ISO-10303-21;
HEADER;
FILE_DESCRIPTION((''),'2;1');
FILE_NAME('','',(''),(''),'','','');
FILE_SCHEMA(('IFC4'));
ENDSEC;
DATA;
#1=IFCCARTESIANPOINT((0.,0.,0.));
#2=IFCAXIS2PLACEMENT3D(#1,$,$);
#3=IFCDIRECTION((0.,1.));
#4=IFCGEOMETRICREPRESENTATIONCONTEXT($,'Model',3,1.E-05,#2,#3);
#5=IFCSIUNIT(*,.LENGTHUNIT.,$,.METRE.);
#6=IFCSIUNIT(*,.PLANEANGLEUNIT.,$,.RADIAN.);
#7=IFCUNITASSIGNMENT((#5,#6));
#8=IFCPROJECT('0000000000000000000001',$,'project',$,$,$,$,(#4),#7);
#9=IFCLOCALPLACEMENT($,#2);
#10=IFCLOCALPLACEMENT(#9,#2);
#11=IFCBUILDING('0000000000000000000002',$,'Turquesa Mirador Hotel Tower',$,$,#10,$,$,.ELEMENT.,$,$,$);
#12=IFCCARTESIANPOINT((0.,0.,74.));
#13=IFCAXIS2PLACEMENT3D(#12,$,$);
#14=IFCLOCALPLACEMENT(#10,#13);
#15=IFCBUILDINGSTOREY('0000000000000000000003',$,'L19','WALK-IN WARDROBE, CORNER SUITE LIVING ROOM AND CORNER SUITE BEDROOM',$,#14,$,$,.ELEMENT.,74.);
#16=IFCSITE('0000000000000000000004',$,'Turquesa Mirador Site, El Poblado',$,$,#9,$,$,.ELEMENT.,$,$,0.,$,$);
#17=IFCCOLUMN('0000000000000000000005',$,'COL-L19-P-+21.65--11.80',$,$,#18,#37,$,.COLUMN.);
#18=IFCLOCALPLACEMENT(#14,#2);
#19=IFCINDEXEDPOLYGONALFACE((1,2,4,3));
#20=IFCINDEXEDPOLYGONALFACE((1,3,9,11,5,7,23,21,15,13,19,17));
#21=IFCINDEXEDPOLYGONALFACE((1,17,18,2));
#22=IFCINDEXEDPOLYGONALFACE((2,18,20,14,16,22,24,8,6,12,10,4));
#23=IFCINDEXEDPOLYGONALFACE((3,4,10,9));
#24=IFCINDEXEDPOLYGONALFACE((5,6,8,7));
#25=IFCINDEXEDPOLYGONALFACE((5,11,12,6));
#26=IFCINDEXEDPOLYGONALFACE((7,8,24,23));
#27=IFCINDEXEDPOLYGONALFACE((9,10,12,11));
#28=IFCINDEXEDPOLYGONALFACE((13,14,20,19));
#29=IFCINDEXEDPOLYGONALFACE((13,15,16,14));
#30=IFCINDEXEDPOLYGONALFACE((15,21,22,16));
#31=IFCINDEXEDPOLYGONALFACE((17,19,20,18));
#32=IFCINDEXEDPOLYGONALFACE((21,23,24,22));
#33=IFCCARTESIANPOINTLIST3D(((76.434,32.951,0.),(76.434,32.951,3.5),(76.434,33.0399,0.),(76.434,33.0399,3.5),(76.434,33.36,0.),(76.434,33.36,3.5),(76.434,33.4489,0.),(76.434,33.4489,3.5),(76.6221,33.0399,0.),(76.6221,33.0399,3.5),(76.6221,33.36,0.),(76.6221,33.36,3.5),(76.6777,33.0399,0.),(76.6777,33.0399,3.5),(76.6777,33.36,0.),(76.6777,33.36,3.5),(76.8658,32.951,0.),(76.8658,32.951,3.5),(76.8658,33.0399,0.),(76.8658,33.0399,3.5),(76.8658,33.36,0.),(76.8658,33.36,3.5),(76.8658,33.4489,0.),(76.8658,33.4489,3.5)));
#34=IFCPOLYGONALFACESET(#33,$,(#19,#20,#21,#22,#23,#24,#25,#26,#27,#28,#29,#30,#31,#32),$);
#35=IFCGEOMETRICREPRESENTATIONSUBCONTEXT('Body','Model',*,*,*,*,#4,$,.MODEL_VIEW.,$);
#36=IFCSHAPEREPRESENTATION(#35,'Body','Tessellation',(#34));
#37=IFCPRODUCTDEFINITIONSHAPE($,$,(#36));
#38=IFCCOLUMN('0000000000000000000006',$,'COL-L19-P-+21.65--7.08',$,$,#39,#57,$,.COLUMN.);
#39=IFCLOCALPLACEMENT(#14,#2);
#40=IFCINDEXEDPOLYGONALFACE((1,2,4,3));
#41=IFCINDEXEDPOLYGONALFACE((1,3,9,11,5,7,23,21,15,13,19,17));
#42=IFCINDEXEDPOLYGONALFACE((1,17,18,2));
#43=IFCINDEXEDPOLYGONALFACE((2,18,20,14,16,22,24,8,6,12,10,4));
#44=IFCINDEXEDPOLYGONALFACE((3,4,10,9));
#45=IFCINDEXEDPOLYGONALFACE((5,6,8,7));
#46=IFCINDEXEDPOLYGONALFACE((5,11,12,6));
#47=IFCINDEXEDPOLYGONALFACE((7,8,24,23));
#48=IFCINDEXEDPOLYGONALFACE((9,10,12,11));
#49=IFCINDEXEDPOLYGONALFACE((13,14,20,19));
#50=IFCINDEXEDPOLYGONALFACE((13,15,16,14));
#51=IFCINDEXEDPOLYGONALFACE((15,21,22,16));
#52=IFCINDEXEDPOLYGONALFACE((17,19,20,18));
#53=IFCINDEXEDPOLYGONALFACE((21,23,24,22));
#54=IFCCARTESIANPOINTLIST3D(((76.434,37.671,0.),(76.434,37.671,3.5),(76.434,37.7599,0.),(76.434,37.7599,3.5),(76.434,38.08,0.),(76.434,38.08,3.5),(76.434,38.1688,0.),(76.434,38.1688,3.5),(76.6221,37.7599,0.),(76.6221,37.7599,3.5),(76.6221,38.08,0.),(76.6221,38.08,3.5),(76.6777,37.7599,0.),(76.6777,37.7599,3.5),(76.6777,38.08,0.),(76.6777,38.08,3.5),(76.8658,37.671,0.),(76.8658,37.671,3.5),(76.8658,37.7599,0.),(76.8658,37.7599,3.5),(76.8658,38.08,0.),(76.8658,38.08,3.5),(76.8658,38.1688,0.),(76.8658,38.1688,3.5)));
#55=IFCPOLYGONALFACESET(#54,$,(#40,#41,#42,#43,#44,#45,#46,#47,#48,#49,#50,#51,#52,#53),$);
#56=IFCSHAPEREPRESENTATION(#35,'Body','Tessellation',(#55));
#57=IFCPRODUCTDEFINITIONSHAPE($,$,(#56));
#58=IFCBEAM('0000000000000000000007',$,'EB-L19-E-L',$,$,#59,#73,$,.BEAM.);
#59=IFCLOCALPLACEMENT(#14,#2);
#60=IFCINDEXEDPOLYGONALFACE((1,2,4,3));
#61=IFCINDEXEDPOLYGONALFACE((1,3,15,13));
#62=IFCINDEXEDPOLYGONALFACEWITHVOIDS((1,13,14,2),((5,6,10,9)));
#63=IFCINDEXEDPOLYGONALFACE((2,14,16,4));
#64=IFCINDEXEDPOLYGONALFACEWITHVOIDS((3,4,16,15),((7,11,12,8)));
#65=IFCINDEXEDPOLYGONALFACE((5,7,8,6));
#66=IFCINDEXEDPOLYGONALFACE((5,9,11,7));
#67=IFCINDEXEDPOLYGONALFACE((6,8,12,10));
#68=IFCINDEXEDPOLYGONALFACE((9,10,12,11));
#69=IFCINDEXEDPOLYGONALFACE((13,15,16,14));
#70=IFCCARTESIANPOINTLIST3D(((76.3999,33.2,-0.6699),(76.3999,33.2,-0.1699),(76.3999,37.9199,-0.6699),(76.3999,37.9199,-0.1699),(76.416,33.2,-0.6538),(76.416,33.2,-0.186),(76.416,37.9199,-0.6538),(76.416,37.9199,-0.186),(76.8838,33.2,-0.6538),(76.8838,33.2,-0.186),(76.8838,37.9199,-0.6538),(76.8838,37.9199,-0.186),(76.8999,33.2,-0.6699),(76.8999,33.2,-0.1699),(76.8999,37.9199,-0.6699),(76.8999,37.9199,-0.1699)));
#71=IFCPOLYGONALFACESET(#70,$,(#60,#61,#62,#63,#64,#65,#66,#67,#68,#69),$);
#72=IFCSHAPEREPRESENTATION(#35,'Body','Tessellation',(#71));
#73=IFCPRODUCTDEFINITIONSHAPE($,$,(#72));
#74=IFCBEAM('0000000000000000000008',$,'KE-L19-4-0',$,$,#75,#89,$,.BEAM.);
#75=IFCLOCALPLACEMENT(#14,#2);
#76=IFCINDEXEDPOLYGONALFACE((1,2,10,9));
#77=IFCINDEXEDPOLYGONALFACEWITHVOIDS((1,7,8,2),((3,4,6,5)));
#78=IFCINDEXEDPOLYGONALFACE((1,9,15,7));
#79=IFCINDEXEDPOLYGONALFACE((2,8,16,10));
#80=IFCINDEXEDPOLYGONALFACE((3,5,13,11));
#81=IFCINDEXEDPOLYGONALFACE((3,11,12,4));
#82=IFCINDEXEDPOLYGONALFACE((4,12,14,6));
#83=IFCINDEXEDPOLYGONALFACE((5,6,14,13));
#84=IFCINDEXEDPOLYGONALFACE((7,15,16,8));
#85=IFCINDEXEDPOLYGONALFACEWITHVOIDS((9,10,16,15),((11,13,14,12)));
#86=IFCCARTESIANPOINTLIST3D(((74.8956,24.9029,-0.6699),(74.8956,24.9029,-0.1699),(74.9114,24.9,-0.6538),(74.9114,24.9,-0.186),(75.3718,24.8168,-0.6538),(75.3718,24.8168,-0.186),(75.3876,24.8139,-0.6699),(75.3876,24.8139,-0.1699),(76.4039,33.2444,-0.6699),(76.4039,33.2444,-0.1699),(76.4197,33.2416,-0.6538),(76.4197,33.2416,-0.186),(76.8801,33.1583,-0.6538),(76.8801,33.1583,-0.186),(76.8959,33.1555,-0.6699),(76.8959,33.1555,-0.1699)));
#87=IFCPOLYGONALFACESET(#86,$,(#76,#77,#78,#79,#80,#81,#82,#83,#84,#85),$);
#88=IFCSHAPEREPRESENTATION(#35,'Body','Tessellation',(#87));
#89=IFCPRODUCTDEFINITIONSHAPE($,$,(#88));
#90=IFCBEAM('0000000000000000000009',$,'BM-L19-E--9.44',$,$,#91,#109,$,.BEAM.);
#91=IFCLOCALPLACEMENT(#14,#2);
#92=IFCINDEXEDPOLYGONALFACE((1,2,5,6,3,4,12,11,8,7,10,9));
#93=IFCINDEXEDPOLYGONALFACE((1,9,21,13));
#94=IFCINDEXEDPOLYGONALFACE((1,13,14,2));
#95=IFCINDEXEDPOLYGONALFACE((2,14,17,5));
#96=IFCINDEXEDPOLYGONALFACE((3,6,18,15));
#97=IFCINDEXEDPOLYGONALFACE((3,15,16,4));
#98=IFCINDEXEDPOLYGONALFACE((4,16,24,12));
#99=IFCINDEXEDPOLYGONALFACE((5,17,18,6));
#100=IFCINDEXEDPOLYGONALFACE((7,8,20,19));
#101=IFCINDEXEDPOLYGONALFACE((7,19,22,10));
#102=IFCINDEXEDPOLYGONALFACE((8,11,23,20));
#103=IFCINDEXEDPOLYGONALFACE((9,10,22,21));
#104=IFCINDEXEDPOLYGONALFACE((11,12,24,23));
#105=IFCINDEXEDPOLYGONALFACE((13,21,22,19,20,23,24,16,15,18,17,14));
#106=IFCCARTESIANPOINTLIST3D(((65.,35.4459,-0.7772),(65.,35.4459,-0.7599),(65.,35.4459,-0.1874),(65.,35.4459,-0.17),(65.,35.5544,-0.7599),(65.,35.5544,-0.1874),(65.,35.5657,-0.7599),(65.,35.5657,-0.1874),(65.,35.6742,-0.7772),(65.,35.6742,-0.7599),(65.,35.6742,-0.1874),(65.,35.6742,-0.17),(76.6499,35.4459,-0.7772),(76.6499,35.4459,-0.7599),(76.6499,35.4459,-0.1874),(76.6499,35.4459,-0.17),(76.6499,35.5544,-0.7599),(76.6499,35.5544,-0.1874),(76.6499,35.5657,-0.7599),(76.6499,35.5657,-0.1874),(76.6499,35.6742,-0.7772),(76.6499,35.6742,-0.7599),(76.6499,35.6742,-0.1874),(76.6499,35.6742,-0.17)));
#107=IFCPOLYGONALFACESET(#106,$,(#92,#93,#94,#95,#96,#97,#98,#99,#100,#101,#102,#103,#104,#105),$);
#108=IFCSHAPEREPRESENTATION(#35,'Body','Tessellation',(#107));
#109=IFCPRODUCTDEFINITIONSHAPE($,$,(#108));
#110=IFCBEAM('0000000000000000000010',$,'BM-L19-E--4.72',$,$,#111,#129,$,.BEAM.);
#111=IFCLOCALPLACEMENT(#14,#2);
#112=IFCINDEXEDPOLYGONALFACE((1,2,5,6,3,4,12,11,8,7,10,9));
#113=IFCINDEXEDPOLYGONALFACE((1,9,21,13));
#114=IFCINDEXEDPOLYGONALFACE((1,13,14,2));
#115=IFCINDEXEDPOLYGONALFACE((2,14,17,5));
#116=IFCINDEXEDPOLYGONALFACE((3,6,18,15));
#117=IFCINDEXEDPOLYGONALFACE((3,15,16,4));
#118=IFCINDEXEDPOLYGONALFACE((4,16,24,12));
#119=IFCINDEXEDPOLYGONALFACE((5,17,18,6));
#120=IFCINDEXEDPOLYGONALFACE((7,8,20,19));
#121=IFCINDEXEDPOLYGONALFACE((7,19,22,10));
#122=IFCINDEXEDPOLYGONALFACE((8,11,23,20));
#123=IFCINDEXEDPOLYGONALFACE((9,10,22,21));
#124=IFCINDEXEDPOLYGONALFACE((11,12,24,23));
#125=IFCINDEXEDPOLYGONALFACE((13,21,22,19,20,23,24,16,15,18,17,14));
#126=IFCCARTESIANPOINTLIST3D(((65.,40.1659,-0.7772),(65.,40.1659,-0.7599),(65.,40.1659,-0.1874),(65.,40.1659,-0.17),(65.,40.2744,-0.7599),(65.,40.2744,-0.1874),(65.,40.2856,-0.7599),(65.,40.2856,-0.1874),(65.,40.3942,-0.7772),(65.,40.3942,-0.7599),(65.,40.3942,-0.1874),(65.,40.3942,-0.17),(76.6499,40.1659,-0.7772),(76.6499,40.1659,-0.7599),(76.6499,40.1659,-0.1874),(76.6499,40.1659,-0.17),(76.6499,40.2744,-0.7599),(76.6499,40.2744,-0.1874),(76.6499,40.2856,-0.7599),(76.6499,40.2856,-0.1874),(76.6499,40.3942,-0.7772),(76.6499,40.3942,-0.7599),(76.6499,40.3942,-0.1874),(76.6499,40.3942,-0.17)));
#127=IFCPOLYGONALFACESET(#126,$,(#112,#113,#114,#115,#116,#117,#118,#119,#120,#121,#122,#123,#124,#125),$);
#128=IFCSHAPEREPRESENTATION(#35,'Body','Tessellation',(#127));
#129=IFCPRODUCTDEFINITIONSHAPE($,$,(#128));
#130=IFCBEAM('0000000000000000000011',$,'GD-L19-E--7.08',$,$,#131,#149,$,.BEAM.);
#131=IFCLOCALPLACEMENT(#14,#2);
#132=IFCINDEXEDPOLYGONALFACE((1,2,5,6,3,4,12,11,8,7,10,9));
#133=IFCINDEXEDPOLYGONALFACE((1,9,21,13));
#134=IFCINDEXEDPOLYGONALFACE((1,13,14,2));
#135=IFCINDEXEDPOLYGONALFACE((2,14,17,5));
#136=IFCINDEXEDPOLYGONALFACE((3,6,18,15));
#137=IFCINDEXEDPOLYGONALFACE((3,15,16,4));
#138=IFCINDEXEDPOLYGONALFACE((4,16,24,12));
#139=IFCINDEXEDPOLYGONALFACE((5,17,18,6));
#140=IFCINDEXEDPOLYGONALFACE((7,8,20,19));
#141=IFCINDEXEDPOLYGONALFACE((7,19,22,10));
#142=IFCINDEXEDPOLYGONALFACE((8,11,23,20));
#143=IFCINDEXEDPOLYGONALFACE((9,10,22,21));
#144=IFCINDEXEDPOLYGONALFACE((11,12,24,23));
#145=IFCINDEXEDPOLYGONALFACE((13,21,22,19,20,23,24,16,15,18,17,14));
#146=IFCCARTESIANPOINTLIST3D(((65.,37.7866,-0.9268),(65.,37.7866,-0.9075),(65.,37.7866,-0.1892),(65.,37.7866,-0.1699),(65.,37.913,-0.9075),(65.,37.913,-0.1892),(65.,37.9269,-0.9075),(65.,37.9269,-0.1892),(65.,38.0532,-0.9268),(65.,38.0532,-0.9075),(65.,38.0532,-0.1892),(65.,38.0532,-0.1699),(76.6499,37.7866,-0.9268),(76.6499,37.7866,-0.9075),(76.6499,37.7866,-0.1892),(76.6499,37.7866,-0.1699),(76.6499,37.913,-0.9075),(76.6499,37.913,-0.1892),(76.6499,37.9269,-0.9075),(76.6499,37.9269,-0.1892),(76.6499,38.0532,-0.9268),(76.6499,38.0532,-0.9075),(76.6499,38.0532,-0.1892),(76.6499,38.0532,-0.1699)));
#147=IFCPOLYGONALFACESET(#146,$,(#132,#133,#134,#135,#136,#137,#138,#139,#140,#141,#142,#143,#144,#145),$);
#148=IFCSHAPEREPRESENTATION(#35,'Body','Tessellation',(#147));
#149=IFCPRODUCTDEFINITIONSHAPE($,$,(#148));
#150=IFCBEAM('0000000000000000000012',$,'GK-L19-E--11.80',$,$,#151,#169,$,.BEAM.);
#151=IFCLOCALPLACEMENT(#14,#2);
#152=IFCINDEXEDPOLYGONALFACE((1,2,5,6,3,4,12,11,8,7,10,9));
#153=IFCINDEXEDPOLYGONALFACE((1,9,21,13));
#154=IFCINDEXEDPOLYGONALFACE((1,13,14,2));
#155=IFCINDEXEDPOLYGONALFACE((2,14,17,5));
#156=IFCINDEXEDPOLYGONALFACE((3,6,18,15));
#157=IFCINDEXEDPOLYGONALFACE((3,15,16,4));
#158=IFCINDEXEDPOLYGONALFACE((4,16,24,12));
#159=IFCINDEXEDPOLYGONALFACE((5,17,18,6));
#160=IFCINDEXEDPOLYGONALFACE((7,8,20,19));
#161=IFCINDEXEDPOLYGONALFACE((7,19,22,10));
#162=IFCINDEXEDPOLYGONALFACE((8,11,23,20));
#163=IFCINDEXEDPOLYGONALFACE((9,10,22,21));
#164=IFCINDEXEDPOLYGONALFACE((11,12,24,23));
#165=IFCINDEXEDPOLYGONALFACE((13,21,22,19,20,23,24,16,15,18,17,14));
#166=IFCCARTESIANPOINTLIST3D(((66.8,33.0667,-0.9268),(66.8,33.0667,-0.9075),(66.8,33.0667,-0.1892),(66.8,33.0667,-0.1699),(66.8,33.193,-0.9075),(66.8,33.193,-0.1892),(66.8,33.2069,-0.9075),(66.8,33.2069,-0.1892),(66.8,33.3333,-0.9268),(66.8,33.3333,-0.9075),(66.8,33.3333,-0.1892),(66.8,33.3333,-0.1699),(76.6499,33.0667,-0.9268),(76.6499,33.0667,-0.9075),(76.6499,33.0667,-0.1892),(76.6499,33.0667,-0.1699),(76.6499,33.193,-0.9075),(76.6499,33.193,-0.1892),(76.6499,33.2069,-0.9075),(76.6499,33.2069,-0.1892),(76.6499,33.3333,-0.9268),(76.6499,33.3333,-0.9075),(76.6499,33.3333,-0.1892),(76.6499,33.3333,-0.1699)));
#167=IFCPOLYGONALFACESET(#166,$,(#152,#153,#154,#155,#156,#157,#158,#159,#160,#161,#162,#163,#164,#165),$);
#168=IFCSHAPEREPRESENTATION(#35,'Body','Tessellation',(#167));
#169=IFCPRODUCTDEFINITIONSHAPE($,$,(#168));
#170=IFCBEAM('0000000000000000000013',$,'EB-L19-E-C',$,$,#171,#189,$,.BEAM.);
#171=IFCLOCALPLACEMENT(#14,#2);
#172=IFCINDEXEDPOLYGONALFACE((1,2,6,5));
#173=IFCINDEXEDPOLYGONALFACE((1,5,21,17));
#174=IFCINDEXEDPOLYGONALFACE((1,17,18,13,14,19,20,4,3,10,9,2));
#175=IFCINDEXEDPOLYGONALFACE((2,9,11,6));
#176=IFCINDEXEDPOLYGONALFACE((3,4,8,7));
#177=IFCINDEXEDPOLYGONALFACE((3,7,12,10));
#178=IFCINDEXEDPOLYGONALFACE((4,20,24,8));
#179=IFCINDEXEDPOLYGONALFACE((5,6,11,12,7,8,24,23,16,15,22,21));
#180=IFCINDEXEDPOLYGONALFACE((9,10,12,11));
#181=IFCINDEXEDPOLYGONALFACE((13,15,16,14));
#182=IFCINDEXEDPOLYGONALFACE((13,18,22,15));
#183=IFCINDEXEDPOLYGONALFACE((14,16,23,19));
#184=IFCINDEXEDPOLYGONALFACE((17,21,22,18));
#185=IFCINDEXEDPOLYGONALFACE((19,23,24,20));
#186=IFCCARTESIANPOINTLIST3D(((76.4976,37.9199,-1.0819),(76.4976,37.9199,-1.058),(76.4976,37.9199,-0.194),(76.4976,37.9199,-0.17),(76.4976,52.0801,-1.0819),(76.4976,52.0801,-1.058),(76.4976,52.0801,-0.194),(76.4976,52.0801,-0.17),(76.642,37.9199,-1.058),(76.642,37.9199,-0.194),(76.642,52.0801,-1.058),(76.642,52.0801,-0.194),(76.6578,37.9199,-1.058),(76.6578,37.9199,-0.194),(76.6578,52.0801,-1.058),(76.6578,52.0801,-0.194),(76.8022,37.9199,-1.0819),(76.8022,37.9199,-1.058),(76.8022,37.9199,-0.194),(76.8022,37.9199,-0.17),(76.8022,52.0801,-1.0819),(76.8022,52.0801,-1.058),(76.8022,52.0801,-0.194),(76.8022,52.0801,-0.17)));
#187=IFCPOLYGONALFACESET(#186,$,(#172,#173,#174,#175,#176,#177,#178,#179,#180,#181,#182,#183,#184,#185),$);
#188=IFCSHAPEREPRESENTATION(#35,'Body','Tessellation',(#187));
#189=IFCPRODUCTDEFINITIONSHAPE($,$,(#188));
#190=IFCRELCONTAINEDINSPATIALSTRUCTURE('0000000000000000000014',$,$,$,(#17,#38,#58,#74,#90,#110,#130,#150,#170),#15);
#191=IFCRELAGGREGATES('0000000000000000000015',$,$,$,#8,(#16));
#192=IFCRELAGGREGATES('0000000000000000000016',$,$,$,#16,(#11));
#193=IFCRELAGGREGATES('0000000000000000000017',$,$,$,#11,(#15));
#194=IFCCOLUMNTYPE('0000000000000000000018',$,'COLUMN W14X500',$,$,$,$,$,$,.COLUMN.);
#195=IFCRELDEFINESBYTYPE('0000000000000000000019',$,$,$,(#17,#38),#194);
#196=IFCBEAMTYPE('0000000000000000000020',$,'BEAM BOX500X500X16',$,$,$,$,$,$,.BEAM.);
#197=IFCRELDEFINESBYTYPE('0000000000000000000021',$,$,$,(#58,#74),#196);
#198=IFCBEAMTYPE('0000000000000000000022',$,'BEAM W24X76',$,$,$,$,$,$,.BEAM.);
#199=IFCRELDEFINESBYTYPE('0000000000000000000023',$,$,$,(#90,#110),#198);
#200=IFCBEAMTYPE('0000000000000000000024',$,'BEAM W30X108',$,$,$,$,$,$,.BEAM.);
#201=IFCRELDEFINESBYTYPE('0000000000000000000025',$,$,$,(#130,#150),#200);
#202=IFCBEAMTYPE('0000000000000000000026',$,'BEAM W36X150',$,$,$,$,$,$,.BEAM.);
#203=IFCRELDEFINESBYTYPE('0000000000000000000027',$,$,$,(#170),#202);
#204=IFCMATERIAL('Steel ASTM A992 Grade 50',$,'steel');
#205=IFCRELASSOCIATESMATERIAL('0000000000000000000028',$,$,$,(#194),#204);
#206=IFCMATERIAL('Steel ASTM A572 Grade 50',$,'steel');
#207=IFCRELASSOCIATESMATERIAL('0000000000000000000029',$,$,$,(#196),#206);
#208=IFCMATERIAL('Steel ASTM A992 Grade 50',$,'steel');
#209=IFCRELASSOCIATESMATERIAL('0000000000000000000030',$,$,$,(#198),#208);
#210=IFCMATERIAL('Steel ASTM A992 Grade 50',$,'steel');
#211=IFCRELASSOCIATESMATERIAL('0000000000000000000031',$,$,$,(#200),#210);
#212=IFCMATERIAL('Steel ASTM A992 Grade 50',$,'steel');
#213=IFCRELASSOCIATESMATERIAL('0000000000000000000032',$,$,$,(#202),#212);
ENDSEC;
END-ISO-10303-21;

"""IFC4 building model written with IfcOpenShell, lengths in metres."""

from ifc_helpers import new_model, si_unit, direction, frame, origin, origin_2d, place, context, subcontext, project, spatial, hollow_rectangle, i_section, extrude, material, material_profile, profile_set, type_object, element, save


model = new_model("IFC4")

# Units and contexts
model_context = context("Model", 3, precision=1e-05, world=origin(), true_north=direction((0.0, 1.0)))
body_context = subcontext(model_context, "Body", "Model", "MODEL_VIEW")
ifc_project = project(units=[si_unit("LENGTHUNIT", "METRE"), si_unit("PLANEANGLEUNIT", "RADIAN")], contexts=[model_context])

# Site, building, storey
site_placement = place(None, origin())
site = spatial("IfcSite", under=ifc_project, at=site_placement, Name="Turquesa Mirador Site, El Poblado", CompositionType="ELEMENT", RefElevation=0.0)
building_placement = place(site_placement, origin())
building = spatial("IfcBuilding", under=site, at=building_placement, Name="Turquesa Mirador Hotel Tower", CompositionType="ELEMENT")
storey_placement = place(building_placement, frame((0.0, 0.0, 74.0)))
storey = spatial("IfcBuildingStorey", under=building, at=storey_placement, Name="L19", Description="WALK-IN WARDROBE, CORNER SUITE LIVING ROOM AND CORNER SUITE BEDROOM", CompositionType="ELEMENT", Elevation=74.0)

# Columns
ifc_material_1 = material(Name="Steel ASTM A992 Grade 50", Category="steel")
ifc_material_profile_1 = material_profile(ifc_material_1, i_section(OverallWidth=0.4319, OverallDepth=0.4978, WebThickness=0.0557, FlangeThickness=0.0889, at=origin_2d()), Name="W14X500")
ifc_profile_set_1 = profile_set([ifc_material_profile_1], Name="Steel ASTM A992 Grade 50")
column_type = type_object("IfcColumnType", Name="COLUMN W14X500", PredefinedType="COLUMN", material=ifc_profile_set_1)
for number, where, z_axis, x_axis, name in (
    (1, (76.6499, 33.2, 0.0), (0.0, 0.0, 1.0), (1.0, 0.0, 0.0), "COL-L19-P-+21.65--11.80"),
    (2, (76.6499, 37.9199, 0.0), (0.0, 0.0, 1.0), (1.0, 0.0, 0.0), "COL-L19-P-+21.65--7.08"),
):
    element("IfcColumn", number, at=place(storey_placement, frame(where, z_axis=z_axis, x_axis=x_axis)), inside=storey, type_object=column_type, Name=name, PredefinedType="COLUMN", context=body_context, shape_type="SweptSolid", body=[
        extrude(i_section(OverallWidth=0.4319, OverallDepth=0.4978, WebThickness=0.0557, FlangeThickness=0.0889, at=origin_2d()), origin(), (0.0, 0.0, 1.0), 3.5),
    ])

# Beams
ifc_material_2 = material(Name="Steel ASTM A572 Grade 50", Category="steel")
ifc_material_profile_2 = material_profile(ifc_material_2, hollow_rectangle(XDim=0.5, YDim=0.5, WallThickness=0.0161, at=origin_2d()), Name="BOX500X500X16")
ifc_profile_set_2 = profile_set([ifc_material_profile_2], Name="Steel ASTM A572 Grade 50")
beam_type_1 = type_object("IfcBeamType", Name="BEAM BOX500X500X16", PredefinedType="BEAM", material=ifc_profile_set_2)
beam_1_placement = place(storey_placement, frame((76.6499, 33.2, -0.4199), z_axis=(0.0, 1.0, 0.0), x_axis=(-1.0, 0.0, 0.0)))
element("IfcBeam", 3, at=beam_1_placement, inside=storey, type_object=beam_type_1, Name="EB-L19-E-L", PredefinedType="BEAM", context=body_context, shape_type="SweptSolid", body=[
    extrude(hollow_rectangle(XDim=0.5, YDim=0.5, WallThickness=0.0161, at=origin_2d()), origin(), (0.0, 0.0, 1.0), 4.72),
])
beam_2_placement = place(storey_placement, frame((76.6499, 33.2, -0.4199), z_axis=(-0.177932, -0.984043, 0.0), x_axis=(0.984043, -0.177932, 0.0)))
element("IfcBeam", 4, at=beam_2_placement, inside=storey, type_object=beam_type_1, Name="KE-L19-4-0", PredefinedType="BEAM", context=body_context, shape_type="SweptSolid", body=[
    extrude(hollow_rectangle(XDim=0.5, YDim=0.5, WallThickness=0.0161, at=origin_2d()), origin(), (0.0, 0.0, 1.0), 8.4768),
])
ifc_material_3 = material(Name="Steel ASTM A992 Grade 50", Category="steel")
ifc_material_profile_3 = material_profile(ifc_material_3, i_section(OverallWidth=0.2283, OverallDepth=0.6072, WebThickness=0.0112, FlangeThickness=0.0173, at=origin_2d()), Name="W24X76")
ifc_profile_set_3 = profile_set([ifc_material_profile_3], Name="Steel ASTM A992 Grade 50")
beam_type_2 = type_object("IfcBeamType", Name="BEAM W24X76", PredefinedType="BEAM", material=ifc_profile_set_3)
for number, where, z_axis, x_axis, name in (
    (5, (76.6499, 35.5601, -0.4736), (-1.0, 0.0, 0.0), (0.0, -1.0, 0.0), "BM-L19-E--9.44"),
    (6, (76.6499, 40.28, -0.4736), (-1.0, 0.0, 0.0), (0.0, -1.0, 0.0), "BM-L19-E--4.72"),
):
    element("IfcBeam", number, at=place(storey_placement, frame(where, z_axis=z_axis, x_axis=x_axis)), inside=storey, type_object=beam_type_2, Name=name, PredefinedType="BEAM", context=body_context, shape_type="SweptSolid", body=[
        extrude(i_section(OverallWidth=0.2283, OverallDepth=0.6072, WebThickness=0.0112, FlangeThickness=0.0173, at=origin_2d()), origin(), (0.0, 0.0, 1.0), 11.6499),
    ])
ifc_material_4 = material(Name="Steel ASTM A992 Grade 50", Category="steel")
ifc_material_profile_4 = material_profile(ifc_material_4, i_section(OverallWidth=0.2666, OverallDepth=0.7568, WebThickness=0.0139, FlangeThickness=0.0193, at=origin_2d()), Name="W30X108")
ifc_profile_set_4 = profile_set([ifc_material_profile_4], Name="Steel ASTM A992 Grade 50")
beam_type_3 = type_object("IfcBeamType", Name="BEAM W30X108", PredefinedType="BEAM", material=ifc_profile_set_4)
beam_3_placement = place(storey_placement, frame((76.6499, 37.9199, -0.5483), z_axis=(-1.0, 0.0, 0.0), x_axis=(0.0, -1.0, 0.0)))
element("IfcBeam", 7, at=beam_3_placement, inside=storey, type_object=beam_type_3, Name="GD-L19-E--7.08", PredefinedType="BEAM", context=body_context, shape_type="SweptSolid", body=[
    extrude(i_section(OverallWidth=0.2666, OverallDepth=0.7568, WebThickness=0.0139, FlangeThickness=0.0193, at=origin_2d()), origin(), (0.0, 0.0, 1.0), 11.6499),
])
beam_4_placement = place(storey_placement, frame((76.6499, 33.2, -0.5483), z_axis=(-1.0, 0.0, 0.0), x_axis=(0.0, -1.0, 0.0)))
element("IfcBeam", 8, at=beam_4_placement, inside=storey, type_object=beam_type_3, Name="GK-L19-E--11.80", PredefinedType="BEAM", context=body_context, shape_type="SweptSolid", body=[
    extrude(i_section(OverallWidth=0.2666, OverallDepth=0.7568, WebThickness=0.0139, FlangeThickness=0.0193, at=origin_2d()), origin(), (0.0, 0.0, 1.0), 9.8499),
])
ifc_material_5 = material(Name="Steel ASTM A992 Grade 50", Category="steel")
ifc_material_profile_5 = material_profile(ifc_material_5, i_section(OverallWidth=0.3047, OverallDepth=0.9119, WebThickness=0.0159, FlangeThickness=0.0239, at=origin_2d()), Name="W36X150")
ifc_profile_set_5 = profile_set([ifc_material_profile_5], Name="Steel ASTM A992 Grade 50")
beam_type_4 = type_object("IfcBeamType", Name="BEAM W36X150", PredefinedType="BEAM", material=ifc_profile_set_5)
beam_5_placement = place(storey_placement, frame((76.6499, 37.9199, -0.626), z_axis=(0.0, 1.0, 0.0), x_axis=(-1.0, 0.0, 0.0)))
element("IfcBeam", 9, at=beam_5_placement, inside=storey, type_object=beam_type_4, Name="EB-L19-E-C", PredefinedType="BEAM", context=body_context, shape_type="SweptSolid", body=[
    extrude(i_section(OverallWidth=0.3047, OverallDepth=0.9119, WebThickness=0.0159, FlangeThickness=0.0239, at=origin_2d()), origin(), (0.0, 0.0, 1.0), 14.1602),
])

save(model, "model.ifc")
